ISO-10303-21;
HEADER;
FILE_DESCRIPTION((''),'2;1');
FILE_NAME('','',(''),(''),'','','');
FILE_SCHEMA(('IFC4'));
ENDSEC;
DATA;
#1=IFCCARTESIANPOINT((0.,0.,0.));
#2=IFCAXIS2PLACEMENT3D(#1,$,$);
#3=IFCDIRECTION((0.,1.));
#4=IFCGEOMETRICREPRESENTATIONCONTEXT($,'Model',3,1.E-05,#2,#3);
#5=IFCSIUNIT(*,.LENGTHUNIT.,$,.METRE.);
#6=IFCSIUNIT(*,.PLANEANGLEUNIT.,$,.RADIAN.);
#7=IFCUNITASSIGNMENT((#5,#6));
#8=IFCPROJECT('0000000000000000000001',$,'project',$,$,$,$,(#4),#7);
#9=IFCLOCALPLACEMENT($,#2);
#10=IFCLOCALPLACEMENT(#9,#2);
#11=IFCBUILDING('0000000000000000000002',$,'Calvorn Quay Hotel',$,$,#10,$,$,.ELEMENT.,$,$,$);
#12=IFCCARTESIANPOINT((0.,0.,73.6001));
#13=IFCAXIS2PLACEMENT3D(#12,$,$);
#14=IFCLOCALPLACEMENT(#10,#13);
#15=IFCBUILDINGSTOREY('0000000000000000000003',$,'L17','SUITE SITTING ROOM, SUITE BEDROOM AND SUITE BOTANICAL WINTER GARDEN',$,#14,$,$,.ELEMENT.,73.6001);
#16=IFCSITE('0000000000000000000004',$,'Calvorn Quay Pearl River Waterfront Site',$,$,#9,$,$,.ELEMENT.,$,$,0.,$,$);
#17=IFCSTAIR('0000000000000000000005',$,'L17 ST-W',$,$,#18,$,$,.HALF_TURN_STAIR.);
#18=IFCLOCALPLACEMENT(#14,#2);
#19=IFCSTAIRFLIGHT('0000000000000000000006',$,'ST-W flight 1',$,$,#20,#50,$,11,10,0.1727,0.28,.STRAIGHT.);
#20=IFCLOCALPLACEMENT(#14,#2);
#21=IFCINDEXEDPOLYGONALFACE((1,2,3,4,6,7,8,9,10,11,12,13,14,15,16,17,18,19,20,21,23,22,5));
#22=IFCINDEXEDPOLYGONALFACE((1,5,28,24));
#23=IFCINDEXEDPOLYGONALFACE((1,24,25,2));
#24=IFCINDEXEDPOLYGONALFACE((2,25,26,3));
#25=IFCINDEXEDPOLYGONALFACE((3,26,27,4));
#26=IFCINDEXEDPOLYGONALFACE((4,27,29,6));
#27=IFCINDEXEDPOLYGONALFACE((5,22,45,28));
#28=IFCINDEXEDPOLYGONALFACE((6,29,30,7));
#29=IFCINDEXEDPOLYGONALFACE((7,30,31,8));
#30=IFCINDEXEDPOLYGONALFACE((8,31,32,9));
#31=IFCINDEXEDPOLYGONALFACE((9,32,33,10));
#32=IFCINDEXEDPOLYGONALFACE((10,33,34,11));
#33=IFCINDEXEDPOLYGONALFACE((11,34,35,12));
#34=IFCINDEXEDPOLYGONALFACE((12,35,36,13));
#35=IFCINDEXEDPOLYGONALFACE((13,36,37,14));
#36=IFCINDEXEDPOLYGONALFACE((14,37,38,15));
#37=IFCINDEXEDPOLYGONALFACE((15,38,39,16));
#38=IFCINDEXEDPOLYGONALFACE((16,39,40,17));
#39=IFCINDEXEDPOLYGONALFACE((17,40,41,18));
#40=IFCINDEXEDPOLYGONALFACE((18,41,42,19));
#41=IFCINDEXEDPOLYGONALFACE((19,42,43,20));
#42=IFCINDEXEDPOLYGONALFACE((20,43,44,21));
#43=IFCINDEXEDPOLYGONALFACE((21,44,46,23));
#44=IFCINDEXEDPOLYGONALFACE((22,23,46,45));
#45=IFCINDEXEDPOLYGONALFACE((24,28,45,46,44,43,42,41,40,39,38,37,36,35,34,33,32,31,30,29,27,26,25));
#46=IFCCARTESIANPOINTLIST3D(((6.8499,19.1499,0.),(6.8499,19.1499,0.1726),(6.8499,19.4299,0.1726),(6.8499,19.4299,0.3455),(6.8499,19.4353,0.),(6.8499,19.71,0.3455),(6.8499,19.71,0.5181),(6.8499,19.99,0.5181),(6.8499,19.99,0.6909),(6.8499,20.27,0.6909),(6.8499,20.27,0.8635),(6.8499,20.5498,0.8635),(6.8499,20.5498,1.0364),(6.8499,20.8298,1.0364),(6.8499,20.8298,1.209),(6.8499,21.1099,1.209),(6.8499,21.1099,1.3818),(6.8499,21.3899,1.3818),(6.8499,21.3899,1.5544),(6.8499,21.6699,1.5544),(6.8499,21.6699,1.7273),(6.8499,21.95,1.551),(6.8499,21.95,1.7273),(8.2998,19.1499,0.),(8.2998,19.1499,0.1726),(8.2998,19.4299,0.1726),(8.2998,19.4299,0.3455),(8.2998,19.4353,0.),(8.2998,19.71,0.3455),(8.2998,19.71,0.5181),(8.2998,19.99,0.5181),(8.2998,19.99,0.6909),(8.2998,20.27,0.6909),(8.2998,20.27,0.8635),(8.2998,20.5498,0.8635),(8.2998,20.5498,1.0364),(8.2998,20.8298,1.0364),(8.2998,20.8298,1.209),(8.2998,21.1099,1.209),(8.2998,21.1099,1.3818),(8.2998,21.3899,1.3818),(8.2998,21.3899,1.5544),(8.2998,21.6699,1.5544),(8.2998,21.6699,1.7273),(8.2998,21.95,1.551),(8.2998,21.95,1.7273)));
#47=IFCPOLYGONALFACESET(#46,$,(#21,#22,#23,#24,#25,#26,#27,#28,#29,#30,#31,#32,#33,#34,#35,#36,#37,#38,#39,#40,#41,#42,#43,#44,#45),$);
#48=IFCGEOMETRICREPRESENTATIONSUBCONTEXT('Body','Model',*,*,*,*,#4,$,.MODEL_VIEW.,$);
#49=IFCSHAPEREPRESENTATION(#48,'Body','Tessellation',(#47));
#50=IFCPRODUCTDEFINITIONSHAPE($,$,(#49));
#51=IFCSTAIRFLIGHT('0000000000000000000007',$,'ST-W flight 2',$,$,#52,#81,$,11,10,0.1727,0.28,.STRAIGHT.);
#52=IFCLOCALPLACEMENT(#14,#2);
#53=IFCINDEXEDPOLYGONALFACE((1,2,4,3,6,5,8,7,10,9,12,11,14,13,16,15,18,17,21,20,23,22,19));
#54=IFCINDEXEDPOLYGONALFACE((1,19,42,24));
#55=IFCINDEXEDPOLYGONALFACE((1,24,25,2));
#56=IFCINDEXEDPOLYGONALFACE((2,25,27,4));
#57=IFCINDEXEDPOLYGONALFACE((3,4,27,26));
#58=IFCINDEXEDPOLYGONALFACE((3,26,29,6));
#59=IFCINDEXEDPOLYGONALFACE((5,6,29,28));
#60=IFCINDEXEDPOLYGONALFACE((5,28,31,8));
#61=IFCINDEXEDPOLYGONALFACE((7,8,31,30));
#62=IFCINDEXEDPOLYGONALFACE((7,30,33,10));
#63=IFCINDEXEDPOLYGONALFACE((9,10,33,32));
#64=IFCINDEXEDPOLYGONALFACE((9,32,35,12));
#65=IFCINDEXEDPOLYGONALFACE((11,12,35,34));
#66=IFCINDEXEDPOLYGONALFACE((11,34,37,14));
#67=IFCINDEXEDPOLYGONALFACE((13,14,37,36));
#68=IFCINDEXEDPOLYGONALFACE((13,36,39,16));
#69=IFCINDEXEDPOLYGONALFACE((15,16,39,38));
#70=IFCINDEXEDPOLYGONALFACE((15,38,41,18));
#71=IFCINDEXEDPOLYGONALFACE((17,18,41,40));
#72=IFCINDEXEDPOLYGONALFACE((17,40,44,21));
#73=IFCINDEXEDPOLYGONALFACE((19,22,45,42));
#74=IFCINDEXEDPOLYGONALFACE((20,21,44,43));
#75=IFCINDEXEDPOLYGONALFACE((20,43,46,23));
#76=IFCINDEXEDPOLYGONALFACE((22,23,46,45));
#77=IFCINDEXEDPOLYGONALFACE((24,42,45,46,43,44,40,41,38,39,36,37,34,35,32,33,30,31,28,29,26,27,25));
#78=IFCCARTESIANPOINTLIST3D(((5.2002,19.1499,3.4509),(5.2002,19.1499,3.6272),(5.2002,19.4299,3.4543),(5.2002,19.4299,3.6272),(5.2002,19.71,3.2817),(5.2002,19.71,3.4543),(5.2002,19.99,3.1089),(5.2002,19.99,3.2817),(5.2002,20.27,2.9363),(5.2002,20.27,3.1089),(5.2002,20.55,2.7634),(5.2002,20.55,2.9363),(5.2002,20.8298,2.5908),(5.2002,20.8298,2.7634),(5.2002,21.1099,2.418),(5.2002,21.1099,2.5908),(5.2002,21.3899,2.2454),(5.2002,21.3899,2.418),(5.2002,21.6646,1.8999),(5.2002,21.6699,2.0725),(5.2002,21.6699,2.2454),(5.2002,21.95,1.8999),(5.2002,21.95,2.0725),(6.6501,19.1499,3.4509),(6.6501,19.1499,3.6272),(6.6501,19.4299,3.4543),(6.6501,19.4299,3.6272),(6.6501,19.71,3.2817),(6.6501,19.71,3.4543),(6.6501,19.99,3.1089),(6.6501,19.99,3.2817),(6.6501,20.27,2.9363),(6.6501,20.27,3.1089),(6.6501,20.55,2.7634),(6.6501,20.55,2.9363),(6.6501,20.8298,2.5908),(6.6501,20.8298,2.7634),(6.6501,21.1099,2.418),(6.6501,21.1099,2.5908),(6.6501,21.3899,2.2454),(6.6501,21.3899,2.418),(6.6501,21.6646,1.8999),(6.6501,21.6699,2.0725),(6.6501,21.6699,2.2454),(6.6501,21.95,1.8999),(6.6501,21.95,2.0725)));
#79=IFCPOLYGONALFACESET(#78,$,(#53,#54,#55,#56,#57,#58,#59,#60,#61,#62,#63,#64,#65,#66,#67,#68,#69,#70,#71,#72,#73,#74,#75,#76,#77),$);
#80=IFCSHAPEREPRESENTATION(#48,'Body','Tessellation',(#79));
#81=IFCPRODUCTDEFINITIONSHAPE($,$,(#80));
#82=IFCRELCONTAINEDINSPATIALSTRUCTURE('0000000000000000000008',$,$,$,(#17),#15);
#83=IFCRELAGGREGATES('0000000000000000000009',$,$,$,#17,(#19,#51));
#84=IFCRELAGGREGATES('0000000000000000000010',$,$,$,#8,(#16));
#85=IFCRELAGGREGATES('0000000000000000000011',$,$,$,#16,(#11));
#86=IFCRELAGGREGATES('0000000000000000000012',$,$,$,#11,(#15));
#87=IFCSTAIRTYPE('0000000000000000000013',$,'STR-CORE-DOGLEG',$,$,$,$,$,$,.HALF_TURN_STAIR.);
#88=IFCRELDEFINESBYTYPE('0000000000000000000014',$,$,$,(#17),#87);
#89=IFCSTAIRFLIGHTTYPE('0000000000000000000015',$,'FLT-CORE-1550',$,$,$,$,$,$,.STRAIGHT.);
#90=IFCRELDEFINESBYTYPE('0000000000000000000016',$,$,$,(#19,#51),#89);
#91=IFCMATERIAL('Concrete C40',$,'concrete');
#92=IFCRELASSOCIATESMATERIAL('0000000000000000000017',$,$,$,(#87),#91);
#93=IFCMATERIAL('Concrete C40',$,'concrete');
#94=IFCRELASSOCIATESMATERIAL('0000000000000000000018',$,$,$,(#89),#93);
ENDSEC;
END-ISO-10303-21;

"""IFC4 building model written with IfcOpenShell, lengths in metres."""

from ifc_helpers import new_model, si_unit, direction, frame, origin, place, context, subcontext, project, spatial, polyline, outline, extrude, material, type_object, element, aggregate, save


model = new_model("IFC4")

# Units and contexts
model_context = context("Model", 3, precision=1e-05, world=origin(), true_north=direction((0.0, 1.0)))
body_context = subcontext(model_context, "Body", "Model", "MODEL_VIEW")
ifc_project = project(units=[si_unit("LENGTHUNIT", "METRE"), si_unit("PLANEANGLEUNIT", "RADIAN")], contexts=[model_context])

# Site, building, storey
site_placement = place(None, origin())
site = spatial("IfcSite", under=ifc_project, at=site_placement, Name="Calvorn Quay Pearl River Waterfront Site", CompositionType="ELEMENT", RefElevation=0.0)
building_placement = place(site_placement, origin())
building = spatial("IfcBuilding", under=site, at=building_placement, Name="Calvorn Quay Hotel", CompositionType="ELEMENT")
storey_placement = place(building_placement, frame((0.0, 0.0, 73.6001)))
storey = spatial("IfcBuildingStorey", under=building, at=storey_placement, Name="L17", Description="SUITE SITTING ROOM, SUITE BEDROOM AND SUITE BOTANICAL WINTER GARDEN", CompositionType="ELEMENT", Elevation=73.6001)

# Stair, stair flights
ifc_material_1 = material(Name="Concrete C40", Category="concrete")
stair_type = type_object("IfcStairType", Name="STR-CORE-DOGLEG", PredefinedType="HALF_TURN_STAIR", material=ifc_material_1)
stair_placement = place(storey_placement, origin())
stair = element("IfcStair", 1, at=stair_placement, inside=storey, type_object=stair_type, Name="L17 ST-W", PredefinedType="HALF_TURN_STAIR")
ifc_material_2 = material(Name="Concrete C40", Category="concrete")
stair_flight_type = type_object("IfcStairFlightType", Name="FLT-CORE-1550", PredefinedType="STRAIGHT", material=ifc_material_2)
stair_flight_1_placement = place(storey_placement, frame((7.575, 19.1499, 0.0), z_axis=(0.0, 0.0, 1.0), x_axis=(0.0, 1.0, 0.0)))
stair_flight_1 = element("IfcStairFlight", 2, at=stair_flight_1_placement, type_object=stair_flight_type, Name="ST-W flight 1", NumberOfRisers=11, NumberOfTreads=10, PredefinedType="STRAIGHT", RiserHeight=0.1727, TreadLength=0.28, context=body_context, shape_type="SweptSolid", body=[
    extrude(outline(polyline([(0.0, 0.0), (0.0, 0.1726), (0.28, 0.1726), (0.28, 0.3455), (0.5601, 0.3455), (0.5601, 0.5181), (0.8401, 0.5181), (0.8401, 0.6909), (1.1201, 0.6909), (1.1201, 0.8635), (1.3999, 0.8635), (1.3999, 1.0364), (1.6799, 1.0364), (1.6799, 1.209), (1.96, 1.209), (1.96, 1.3818), (2.24, 1.3818), (2.24, 1.5544), (2.52, 1.5544), (2.52, 1.7273), (2.8, 1.7273), (2.8, 1.8999), (2.8, 1.551), (0.2854, 0.0), (0.0, 0.0)])), frame((0.0, 0.7251, 0.0), z_axis=(0.0, -1.0, 0.0), x_axis=(1.0, 0.0, 0.0)), (0.0, 0.0, 1.0), 1.45),
])
stair_flight_2_placement = place(storey_placement, frame((5.925, 21.95, 1.8999), z_axis=(0.0, 0.0, 1.0), x_axis=(0.0, -1.0, 0.0)))
stair_flight_2 = element("IfcStairFlight", 3, at=stair_flight_2_placement, type_object=stair_flight_type, Name="ST-W flight 2", NumberOfRisers=11, NumberOfTreads=10, PredefinedType="STRAIGHT", RiserHeight=0.1727, TreadLength=0.28, context=body_context, shape_type="SweptSolid", body=[
    extrude(outline(polyline([(0.0, 0.0), (0.0, 0.1726), (0.28, 0.1726), (0.28, 0.3455), (0.5601, 0.3455), (0.5601, 0.5181), (0.8401, 0.5181), (0.8401, 0.6909), (1.1201, 0.6909), (1.1201, 0.8635), (1.3999, 0.8635), (1.3999, 1.0364), (1.6799, 1.0364), (1.6799, 1.209), (1.96, 1.209), (1.96, 1.3818), (2.24, 1.3818), (2.24, 1.5544), (2.52, 1.5544), (2.52, 1.7273), (2.8, 1.7273), (2.8, 1.8999), (2.8, 1.551), (0.2854, 0.0), (0.0, 0.0)])), frame((0.0, 0.7251, 0.0), z_axis=(0.0, -1.0, 0.0), x_axis=(1.0, 0.0, 0.0)), (0.0, 0.0, 1.0), 1.45),
])
aggregate(stair, [stair_flight_1, stair_flight_2])

save(model, "model.ifc")
